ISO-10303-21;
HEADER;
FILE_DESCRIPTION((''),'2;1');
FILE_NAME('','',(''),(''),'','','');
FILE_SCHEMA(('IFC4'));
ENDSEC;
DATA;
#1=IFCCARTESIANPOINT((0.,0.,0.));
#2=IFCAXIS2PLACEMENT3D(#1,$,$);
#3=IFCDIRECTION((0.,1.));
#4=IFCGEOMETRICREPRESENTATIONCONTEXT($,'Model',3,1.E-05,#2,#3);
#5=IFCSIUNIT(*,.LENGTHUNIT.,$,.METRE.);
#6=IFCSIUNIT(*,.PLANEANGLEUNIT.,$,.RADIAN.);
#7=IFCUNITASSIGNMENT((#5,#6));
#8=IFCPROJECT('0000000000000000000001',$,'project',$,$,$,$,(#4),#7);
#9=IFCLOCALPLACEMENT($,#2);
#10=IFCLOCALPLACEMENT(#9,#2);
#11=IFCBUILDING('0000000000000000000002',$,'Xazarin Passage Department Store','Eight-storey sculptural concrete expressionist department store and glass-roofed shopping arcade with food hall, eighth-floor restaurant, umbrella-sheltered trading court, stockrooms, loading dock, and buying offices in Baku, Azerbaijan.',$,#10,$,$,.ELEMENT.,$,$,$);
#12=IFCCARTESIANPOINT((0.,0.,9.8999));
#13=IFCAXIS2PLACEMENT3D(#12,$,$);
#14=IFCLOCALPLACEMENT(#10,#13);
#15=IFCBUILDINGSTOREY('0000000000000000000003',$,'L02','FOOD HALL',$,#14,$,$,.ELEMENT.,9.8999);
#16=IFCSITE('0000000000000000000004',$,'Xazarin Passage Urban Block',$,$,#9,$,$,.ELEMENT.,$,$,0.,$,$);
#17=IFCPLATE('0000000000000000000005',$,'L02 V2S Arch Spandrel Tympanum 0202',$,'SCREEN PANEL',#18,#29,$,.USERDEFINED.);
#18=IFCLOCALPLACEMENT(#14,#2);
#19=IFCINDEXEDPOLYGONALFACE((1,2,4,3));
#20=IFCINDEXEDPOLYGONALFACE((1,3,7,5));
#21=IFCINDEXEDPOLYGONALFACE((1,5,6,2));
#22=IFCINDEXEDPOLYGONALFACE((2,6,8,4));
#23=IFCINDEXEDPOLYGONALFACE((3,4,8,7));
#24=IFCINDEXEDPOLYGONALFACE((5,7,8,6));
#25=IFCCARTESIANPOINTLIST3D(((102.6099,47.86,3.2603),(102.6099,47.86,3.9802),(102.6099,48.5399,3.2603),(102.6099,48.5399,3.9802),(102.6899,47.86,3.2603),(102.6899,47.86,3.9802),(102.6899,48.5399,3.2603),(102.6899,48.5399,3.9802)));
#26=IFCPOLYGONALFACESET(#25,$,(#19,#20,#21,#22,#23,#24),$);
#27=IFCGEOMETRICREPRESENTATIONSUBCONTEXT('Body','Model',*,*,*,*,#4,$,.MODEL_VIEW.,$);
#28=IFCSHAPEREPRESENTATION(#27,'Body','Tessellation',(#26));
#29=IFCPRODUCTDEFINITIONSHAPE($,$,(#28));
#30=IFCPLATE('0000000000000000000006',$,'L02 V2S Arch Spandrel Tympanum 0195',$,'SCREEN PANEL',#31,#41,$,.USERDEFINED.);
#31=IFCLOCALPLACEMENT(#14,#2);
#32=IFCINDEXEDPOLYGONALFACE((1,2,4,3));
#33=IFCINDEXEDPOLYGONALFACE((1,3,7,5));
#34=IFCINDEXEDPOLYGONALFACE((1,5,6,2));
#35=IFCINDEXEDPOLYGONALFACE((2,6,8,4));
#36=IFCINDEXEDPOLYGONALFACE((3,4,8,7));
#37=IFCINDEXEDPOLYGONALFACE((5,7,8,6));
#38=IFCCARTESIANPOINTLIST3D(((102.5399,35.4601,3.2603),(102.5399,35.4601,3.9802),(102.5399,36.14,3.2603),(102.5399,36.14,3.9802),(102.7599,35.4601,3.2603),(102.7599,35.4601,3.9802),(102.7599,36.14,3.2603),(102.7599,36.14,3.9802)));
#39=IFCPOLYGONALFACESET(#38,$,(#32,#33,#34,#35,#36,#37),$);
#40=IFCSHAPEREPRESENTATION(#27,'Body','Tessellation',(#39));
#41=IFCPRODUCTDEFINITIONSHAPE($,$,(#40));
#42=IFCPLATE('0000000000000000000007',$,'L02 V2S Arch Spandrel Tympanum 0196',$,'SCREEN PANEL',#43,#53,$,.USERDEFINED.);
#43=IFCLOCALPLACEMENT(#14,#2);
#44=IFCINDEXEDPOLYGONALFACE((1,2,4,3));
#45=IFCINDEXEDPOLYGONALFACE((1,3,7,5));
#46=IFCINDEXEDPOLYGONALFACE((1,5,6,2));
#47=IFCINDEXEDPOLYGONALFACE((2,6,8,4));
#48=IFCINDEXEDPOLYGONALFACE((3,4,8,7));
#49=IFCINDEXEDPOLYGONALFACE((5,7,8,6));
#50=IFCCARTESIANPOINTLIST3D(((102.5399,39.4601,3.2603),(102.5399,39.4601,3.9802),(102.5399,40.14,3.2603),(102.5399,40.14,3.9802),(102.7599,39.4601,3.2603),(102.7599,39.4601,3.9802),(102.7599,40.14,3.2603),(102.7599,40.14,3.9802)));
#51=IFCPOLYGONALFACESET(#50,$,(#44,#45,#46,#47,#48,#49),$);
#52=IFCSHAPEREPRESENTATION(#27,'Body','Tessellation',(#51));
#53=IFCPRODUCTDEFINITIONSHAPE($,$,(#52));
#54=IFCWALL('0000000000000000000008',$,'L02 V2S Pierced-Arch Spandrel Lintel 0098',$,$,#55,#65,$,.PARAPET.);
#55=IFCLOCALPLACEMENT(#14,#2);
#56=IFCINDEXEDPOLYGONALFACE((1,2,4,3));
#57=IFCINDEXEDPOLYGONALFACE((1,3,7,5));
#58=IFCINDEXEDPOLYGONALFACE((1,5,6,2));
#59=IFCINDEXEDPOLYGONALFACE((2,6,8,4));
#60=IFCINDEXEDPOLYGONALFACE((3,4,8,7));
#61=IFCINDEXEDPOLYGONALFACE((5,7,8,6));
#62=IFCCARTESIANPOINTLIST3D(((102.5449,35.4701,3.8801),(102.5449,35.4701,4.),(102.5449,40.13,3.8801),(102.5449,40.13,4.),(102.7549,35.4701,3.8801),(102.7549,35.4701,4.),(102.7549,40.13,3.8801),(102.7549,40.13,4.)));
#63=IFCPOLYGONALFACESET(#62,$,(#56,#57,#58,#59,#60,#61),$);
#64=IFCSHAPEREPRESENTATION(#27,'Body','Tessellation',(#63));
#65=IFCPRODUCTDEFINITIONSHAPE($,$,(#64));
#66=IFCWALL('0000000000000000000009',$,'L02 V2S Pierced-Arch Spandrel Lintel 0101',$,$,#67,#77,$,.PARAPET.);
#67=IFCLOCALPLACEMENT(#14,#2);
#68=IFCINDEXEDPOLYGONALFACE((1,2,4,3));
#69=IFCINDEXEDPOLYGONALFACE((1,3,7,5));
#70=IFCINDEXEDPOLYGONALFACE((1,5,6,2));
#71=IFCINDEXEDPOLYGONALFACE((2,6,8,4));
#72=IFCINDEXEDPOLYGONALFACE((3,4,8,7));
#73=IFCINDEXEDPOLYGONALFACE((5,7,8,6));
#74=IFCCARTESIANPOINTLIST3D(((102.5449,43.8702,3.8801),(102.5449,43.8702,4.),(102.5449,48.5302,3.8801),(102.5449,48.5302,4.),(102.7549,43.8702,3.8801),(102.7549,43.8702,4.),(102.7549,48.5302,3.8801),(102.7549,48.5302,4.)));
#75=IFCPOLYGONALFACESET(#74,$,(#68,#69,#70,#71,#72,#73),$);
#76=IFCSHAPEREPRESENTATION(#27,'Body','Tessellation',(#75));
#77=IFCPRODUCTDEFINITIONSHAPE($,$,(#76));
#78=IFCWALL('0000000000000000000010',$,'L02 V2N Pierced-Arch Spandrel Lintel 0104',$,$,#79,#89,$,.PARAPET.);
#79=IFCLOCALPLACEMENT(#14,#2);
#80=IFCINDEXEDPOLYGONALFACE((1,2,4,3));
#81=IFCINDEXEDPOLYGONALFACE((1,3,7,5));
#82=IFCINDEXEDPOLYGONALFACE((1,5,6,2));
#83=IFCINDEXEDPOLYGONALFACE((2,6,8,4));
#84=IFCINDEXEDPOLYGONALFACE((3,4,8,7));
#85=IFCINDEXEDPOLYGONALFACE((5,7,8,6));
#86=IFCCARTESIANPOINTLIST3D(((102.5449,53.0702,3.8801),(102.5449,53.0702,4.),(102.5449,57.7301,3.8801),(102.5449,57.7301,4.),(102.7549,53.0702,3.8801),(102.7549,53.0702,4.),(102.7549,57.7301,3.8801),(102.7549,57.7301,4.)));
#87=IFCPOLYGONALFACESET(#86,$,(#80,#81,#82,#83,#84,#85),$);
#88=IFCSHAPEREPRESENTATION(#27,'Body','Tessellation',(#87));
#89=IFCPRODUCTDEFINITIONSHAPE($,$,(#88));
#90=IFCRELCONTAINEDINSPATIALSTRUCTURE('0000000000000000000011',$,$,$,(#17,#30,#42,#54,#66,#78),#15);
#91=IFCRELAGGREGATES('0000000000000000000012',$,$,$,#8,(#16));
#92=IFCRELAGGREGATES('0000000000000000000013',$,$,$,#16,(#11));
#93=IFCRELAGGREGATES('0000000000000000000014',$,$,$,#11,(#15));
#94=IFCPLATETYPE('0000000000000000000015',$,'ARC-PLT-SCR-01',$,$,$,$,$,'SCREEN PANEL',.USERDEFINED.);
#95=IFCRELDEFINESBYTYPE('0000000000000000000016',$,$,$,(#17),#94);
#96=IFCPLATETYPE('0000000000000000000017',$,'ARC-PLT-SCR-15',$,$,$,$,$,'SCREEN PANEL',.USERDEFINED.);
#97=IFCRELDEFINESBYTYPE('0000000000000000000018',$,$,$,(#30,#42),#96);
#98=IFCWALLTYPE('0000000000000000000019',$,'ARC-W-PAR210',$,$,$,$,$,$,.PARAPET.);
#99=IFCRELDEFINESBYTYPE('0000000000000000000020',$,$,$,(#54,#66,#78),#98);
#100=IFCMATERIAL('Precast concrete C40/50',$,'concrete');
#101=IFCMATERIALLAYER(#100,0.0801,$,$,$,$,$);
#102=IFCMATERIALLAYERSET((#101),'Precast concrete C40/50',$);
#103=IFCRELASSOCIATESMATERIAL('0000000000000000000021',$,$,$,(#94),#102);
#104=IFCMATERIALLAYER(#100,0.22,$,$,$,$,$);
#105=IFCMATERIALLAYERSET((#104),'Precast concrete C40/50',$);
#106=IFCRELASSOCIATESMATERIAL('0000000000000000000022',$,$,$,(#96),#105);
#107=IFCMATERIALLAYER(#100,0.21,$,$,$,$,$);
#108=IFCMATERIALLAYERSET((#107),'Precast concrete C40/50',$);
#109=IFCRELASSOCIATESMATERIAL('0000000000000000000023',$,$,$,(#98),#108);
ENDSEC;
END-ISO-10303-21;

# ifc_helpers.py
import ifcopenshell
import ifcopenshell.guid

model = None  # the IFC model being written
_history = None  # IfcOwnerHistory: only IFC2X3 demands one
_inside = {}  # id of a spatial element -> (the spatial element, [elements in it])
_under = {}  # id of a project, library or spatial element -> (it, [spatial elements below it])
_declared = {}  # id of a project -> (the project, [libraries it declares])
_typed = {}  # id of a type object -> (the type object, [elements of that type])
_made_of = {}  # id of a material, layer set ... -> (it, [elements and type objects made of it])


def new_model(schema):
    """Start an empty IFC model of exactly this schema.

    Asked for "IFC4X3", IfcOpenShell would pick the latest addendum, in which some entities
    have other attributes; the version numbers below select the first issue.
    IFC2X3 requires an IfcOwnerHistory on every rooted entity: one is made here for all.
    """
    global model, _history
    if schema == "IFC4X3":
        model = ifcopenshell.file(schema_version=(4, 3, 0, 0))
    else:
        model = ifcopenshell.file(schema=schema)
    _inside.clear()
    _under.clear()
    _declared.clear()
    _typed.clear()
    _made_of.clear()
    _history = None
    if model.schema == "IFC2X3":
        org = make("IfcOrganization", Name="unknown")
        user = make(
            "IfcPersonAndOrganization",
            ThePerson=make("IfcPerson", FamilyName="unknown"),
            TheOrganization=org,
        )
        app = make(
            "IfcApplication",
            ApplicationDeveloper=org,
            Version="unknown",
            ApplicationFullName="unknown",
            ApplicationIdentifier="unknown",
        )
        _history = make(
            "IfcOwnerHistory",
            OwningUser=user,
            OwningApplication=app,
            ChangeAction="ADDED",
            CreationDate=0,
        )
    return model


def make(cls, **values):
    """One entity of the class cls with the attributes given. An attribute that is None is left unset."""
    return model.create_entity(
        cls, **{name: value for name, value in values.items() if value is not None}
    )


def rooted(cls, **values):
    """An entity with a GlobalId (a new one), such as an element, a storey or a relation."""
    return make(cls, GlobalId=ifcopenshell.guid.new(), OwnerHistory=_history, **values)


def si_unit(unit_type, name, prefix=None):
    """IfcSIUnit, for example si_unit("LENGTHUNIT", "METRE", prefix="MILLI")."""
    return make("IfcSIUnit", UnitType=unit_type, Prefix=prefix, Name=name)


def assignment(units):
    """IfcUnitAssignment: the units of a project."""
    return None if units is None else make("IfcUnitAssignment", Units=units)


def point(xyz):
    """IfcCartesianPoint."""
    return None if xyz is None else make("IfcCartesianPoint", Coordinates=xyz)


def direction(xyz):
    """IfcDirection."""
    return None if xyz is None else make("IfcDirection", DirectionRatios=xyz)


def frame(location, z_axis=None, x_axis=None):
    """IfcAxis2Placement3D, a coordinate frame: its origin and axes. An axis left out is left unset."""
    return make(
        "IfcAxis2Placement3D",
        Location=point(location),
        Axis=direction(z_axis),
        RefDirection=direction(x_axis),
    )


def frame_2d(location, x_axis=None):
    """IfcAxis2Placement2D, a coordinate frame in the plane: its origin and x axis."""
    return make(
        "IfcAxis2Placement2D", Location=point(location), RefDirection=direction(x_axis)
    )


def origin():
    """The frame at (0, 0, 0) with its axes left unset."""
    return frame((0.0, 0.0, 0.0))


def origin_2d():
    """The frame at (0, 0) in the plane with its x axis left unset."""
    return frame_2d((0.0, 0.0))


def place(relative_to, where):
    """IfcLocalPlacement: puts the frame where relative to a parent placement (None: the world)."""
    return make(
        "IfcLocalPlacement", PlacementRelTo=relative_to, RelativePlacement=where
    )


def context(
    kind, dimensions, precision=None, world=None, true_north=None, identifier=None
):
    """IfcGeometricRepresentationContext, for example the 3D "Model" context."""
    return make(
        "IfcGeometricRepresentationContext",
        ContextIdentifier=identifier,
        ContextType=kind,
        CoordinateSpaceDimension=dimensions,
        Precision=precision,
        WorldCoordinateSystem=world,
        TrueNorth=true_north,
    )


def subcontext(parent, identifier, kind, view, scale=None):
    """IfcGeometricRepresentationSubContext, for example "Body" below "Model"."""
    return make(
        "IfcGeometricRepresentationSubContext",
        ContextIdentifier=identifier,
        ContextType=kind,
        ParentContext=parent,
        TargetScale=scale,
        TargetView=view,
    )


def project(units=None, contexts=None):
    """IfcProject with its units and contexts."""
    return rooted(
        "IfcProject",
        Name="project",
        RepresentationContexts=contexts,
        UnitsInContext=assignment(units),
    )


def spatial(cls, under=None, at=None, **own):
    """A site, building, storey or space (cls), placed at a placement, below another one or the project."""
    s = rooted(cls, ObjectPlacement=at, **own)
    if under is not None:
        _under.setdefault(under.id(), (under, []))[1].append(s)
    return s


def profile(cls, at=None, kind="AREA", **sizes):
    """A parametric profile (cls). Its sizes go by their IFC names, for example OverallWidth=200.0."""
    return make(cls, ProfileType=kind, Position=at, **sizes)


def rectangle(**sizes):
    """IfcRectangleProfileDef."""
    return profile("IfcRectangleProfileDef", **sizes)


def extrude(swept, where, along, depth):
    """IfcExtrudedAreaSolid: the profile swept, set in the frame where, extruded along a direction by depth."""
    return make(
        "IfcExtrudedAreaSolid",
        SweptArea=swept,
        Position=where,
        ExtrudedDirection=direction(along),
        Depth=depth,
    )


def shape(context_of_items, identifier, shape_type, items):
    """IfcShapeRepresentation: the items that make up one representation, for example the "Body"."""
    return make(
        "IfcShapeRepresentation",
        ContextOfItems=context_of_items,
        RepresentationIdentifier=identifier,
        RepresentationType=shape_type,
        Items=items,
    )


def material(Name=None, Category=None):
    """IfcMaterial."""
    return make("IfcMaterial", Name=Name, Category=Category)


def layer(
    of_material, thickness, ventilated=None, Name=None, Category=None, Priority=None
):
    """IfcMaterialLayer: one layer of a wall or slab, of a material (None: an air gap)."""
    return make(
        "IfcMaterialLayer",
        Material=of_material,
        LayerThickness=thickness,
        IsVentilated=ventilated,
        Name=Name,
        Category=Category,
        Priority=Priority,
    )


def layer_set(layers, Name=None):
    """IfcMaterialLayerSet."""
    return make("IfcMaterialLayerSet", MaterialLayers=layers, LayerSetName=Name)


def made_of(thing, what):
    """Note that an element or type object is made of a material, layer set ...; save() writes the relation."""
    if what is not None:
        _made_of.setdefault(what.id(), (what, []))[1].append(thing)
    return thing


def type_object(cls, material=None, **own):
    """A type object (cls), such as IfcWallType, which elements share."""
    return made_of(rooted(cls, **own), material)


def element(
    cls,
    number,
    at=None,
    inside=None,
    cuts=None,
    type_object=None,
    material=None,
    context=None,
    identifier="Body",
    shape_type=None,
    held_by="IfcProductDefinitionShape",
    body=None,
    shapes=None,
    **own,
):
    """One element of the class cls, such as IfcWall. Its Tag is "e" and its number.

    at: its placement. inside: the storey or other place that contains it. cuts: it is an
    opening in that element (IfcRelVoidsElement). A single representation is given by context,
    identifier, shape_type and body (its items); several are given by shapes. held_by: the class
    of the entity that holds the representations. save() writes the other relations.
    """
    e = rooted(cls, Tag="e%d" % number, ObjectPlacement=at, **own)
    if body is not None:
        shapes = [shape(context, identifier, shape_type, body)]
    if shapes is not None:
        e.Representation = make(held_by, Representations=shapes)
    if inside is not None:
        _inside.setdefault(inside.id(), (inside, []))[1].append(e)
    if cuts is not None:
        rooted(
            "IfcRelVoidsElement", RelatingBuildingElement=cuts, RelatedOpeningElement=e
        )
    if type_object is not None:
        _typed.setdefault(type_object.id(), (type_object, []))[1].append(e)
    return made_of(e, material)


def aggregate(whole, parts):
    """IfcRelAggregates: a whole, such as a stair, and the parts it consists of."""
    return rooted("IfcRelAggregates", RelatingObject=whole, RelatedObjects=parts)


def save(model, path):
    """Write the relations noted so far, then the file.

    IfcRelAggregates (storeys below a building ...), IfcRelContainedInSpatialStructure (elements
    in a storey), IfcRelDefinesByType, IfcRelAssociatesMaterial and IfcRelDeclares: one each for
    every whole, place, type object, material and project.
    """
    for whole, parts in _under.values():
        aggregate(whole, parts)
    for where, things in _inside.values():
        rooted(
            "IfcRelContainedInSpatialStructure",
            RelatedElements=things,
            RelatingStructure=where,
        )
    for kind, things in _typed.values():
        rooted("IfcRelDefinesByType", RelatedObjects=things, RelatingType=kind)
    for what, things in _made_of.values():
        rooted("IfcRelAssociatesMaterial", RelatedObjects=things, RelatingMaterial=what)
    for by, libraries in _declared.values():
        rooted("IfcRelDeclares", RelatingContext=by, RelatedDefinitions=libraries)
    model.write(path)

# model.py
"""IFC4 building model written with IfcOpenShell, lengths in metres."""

from ifc_helpers import new_model, si_unit, direction, frame, frame_2d, origin, origin_2d, place, context, subcontext, project, spatial, rectangle, extrude, material, layer, layer_set, type_object, element, save


model = new_model("IFC4")

# Units and contexts
model_context = context("Model", 3, precision=1e-05, world=origin(), true_north=direction((0.0, 1.0)))
body_context = subcontext(model_context, "Body", "Model", "MODEL_VIEW")
ifc_project = project(units=[si_unit("LENGTHUNIT", "METRE"), si_unit("PLANEANGLEUNIT", "RADIAN")], contexts=[model_context])

# Site, building, storey
site_placement = place(None, origin())
site = spatial("IfcSite", under=ifc_project, at=site_placement, Name="Xazarin Passage Urban Block", CompositionType="ELEMENT", RefElevation=0.0)
building_placement = place(site_placement, origin())
building = spatial("IfcBuilding", under=site, at=building_placement, Name="Xazarin Passage Department Store", Description="Eight-storey sculptural concrete expressionist department store and glass-roofed shopping arcade with food hall, eighth-floor restaurant, umbrella-sheltered trading court, stockrooms, loading dock, and buying offices in Baku, Azerbaijan.", CompositionType="ELEMENT")
storey_placement = place(building_placement, frame((0.0, 0.0, 9.8999)))
storey = spatial("IfcBuildingStorey", under=building, at=storey_placement, Name="L02", Description="FOOD HALL", CompositionType="ELEMENT", Elevation=9.8999)

# Plates
ifc_material_1 = material(Name="Precast concrete C40/50", Category="concrete")
ifc_layer_1 = layer(ifc_material_1, 0.0801)
ifc_layer_set_1 = layer_set([ifc_layer_1], Name="Precast concrete C40/50")
plate_type_1 = type_object("IfcPlateType", Name="ARC-PLT-SCR-01", ElementType="SCREEN PANEL", PredefinedType="USERDEFINED", material=ifc_layer_set_1)
for number, where, z_axis, x_axis, name in (
    (1, (102.6499, 48.2, 3.2603), (0.0, 0.0, 1.0), (0.0, 1.0, 0.0), "L02 V2S Arch Spandrel Tympanum 0202"),
):
    element("IfcPlate", number, at=place(storey_placement, frame(where, z_axis=z_axis, x_axis=x_axis)), inside=storey, type_object=plate_type_1, Name=name, ObjectType="SCREEN PANEL", PredefinedType="USERDEFINED", context=body_context, shape_type="SweptSolid", body=[
        extrude(rectangle(XDim=0.6799, YDim=0.0801, at=origin_2d()), origin(), (0.0, 0.0, 1.0), 0.72),
    ])
ifc_layer_2 = layer(ifc_material_1, 0.22)
ifc_layer_set_2 = layer_set([ifc_layer_2], Name="Precast concrete C40/50")
plate_type_2 = type_object("IfcPlateType", Name="ARC-PLT-SCR-15", ElementType="SCREEN PANEL", PredefinedType="USERDEFINED", material=ifc_layer_set_2)
for number, where, z_axis, x_axis, name in (
    (2, (102.6499, 35.8, 3.2603), (0.0, 0.0, 1.0), (0.0, 1.0, 0.0), "L02 V2S Arch Spandrel Tympanum 0195"),
    (3, (102.6499, 39.8, 3.2603), (0.0, 0.0, 1.0), (0.0, 1.0, 0.0), "L02 V2S Arch Spandrel Tympanum 0196"),
):
    element("IfcPlate", number, at=place(storey_placement, frame(where, z_axis=z_axis, x_axis=x_axis)), inside=storey, type_object=plate_type_2, Name=name, ObjectType="SCREEN PANEL", PredefinedType="USERDEFINED", context=body_context, shape_type="SweptSolid", body=[
        extrude(rectangle(XDim=0.6799, YDim=0.22, at=origin_2d()), origin(), (0.0, 0.0, 1.0), 0.72),
    ])

# Walls
ifc_layer_3 = layer(ifc_material_1, 0.21)
ifc_layer_set_3 = layer_set([ifc_layer_3], Name="Precast concrete C40/50")
wall_type = type_object("IfcWallType", Name="ARC-W-PAR210", PredefinedType="PARAPET", material=ifc_layer_set_3)
for number, where, z_axis, x_axis, name in (
    (4, (102.6499, 35.47, 3.8801), (0.0, 0.0, 1.0), (0.0, 1.0, 0.0), "L02 V2S Pierced-Arch Spandrel Lintel 0098"),
    (5, (102.6499, 43.8701, 3.8801), (0.0, 0.0, 1.0), (0.0, 1.0, 0.0), "L02 V2S Pierced-Arch Spandrel Lintel 0101"),
    (6, (102.6499, 53.0701, 3.8801), (0.0, 0.0, 1.0), (0.0, 1.0, 0.0), "L02 V2N Pierced-Arch Spandrel Lintel 0104"),
):
    element("IfcWall", number, at=place(storey_placement, frame(where, z_axis=z_axis, x_axis=x_axis)), inside=storey, type_object=wall_type, Name=name, PredefinedType="PARAPET", context=body_context, shape_type="SweptSolid", body=[
        extrude(rectangle(XDim=4.6599, YDim=0.21, at=frame_2d((2.3301, 0.0))), origin(), (0.0, 0.0, 1.0), 0.1199),
    ])

save(model, "model.ifc")
